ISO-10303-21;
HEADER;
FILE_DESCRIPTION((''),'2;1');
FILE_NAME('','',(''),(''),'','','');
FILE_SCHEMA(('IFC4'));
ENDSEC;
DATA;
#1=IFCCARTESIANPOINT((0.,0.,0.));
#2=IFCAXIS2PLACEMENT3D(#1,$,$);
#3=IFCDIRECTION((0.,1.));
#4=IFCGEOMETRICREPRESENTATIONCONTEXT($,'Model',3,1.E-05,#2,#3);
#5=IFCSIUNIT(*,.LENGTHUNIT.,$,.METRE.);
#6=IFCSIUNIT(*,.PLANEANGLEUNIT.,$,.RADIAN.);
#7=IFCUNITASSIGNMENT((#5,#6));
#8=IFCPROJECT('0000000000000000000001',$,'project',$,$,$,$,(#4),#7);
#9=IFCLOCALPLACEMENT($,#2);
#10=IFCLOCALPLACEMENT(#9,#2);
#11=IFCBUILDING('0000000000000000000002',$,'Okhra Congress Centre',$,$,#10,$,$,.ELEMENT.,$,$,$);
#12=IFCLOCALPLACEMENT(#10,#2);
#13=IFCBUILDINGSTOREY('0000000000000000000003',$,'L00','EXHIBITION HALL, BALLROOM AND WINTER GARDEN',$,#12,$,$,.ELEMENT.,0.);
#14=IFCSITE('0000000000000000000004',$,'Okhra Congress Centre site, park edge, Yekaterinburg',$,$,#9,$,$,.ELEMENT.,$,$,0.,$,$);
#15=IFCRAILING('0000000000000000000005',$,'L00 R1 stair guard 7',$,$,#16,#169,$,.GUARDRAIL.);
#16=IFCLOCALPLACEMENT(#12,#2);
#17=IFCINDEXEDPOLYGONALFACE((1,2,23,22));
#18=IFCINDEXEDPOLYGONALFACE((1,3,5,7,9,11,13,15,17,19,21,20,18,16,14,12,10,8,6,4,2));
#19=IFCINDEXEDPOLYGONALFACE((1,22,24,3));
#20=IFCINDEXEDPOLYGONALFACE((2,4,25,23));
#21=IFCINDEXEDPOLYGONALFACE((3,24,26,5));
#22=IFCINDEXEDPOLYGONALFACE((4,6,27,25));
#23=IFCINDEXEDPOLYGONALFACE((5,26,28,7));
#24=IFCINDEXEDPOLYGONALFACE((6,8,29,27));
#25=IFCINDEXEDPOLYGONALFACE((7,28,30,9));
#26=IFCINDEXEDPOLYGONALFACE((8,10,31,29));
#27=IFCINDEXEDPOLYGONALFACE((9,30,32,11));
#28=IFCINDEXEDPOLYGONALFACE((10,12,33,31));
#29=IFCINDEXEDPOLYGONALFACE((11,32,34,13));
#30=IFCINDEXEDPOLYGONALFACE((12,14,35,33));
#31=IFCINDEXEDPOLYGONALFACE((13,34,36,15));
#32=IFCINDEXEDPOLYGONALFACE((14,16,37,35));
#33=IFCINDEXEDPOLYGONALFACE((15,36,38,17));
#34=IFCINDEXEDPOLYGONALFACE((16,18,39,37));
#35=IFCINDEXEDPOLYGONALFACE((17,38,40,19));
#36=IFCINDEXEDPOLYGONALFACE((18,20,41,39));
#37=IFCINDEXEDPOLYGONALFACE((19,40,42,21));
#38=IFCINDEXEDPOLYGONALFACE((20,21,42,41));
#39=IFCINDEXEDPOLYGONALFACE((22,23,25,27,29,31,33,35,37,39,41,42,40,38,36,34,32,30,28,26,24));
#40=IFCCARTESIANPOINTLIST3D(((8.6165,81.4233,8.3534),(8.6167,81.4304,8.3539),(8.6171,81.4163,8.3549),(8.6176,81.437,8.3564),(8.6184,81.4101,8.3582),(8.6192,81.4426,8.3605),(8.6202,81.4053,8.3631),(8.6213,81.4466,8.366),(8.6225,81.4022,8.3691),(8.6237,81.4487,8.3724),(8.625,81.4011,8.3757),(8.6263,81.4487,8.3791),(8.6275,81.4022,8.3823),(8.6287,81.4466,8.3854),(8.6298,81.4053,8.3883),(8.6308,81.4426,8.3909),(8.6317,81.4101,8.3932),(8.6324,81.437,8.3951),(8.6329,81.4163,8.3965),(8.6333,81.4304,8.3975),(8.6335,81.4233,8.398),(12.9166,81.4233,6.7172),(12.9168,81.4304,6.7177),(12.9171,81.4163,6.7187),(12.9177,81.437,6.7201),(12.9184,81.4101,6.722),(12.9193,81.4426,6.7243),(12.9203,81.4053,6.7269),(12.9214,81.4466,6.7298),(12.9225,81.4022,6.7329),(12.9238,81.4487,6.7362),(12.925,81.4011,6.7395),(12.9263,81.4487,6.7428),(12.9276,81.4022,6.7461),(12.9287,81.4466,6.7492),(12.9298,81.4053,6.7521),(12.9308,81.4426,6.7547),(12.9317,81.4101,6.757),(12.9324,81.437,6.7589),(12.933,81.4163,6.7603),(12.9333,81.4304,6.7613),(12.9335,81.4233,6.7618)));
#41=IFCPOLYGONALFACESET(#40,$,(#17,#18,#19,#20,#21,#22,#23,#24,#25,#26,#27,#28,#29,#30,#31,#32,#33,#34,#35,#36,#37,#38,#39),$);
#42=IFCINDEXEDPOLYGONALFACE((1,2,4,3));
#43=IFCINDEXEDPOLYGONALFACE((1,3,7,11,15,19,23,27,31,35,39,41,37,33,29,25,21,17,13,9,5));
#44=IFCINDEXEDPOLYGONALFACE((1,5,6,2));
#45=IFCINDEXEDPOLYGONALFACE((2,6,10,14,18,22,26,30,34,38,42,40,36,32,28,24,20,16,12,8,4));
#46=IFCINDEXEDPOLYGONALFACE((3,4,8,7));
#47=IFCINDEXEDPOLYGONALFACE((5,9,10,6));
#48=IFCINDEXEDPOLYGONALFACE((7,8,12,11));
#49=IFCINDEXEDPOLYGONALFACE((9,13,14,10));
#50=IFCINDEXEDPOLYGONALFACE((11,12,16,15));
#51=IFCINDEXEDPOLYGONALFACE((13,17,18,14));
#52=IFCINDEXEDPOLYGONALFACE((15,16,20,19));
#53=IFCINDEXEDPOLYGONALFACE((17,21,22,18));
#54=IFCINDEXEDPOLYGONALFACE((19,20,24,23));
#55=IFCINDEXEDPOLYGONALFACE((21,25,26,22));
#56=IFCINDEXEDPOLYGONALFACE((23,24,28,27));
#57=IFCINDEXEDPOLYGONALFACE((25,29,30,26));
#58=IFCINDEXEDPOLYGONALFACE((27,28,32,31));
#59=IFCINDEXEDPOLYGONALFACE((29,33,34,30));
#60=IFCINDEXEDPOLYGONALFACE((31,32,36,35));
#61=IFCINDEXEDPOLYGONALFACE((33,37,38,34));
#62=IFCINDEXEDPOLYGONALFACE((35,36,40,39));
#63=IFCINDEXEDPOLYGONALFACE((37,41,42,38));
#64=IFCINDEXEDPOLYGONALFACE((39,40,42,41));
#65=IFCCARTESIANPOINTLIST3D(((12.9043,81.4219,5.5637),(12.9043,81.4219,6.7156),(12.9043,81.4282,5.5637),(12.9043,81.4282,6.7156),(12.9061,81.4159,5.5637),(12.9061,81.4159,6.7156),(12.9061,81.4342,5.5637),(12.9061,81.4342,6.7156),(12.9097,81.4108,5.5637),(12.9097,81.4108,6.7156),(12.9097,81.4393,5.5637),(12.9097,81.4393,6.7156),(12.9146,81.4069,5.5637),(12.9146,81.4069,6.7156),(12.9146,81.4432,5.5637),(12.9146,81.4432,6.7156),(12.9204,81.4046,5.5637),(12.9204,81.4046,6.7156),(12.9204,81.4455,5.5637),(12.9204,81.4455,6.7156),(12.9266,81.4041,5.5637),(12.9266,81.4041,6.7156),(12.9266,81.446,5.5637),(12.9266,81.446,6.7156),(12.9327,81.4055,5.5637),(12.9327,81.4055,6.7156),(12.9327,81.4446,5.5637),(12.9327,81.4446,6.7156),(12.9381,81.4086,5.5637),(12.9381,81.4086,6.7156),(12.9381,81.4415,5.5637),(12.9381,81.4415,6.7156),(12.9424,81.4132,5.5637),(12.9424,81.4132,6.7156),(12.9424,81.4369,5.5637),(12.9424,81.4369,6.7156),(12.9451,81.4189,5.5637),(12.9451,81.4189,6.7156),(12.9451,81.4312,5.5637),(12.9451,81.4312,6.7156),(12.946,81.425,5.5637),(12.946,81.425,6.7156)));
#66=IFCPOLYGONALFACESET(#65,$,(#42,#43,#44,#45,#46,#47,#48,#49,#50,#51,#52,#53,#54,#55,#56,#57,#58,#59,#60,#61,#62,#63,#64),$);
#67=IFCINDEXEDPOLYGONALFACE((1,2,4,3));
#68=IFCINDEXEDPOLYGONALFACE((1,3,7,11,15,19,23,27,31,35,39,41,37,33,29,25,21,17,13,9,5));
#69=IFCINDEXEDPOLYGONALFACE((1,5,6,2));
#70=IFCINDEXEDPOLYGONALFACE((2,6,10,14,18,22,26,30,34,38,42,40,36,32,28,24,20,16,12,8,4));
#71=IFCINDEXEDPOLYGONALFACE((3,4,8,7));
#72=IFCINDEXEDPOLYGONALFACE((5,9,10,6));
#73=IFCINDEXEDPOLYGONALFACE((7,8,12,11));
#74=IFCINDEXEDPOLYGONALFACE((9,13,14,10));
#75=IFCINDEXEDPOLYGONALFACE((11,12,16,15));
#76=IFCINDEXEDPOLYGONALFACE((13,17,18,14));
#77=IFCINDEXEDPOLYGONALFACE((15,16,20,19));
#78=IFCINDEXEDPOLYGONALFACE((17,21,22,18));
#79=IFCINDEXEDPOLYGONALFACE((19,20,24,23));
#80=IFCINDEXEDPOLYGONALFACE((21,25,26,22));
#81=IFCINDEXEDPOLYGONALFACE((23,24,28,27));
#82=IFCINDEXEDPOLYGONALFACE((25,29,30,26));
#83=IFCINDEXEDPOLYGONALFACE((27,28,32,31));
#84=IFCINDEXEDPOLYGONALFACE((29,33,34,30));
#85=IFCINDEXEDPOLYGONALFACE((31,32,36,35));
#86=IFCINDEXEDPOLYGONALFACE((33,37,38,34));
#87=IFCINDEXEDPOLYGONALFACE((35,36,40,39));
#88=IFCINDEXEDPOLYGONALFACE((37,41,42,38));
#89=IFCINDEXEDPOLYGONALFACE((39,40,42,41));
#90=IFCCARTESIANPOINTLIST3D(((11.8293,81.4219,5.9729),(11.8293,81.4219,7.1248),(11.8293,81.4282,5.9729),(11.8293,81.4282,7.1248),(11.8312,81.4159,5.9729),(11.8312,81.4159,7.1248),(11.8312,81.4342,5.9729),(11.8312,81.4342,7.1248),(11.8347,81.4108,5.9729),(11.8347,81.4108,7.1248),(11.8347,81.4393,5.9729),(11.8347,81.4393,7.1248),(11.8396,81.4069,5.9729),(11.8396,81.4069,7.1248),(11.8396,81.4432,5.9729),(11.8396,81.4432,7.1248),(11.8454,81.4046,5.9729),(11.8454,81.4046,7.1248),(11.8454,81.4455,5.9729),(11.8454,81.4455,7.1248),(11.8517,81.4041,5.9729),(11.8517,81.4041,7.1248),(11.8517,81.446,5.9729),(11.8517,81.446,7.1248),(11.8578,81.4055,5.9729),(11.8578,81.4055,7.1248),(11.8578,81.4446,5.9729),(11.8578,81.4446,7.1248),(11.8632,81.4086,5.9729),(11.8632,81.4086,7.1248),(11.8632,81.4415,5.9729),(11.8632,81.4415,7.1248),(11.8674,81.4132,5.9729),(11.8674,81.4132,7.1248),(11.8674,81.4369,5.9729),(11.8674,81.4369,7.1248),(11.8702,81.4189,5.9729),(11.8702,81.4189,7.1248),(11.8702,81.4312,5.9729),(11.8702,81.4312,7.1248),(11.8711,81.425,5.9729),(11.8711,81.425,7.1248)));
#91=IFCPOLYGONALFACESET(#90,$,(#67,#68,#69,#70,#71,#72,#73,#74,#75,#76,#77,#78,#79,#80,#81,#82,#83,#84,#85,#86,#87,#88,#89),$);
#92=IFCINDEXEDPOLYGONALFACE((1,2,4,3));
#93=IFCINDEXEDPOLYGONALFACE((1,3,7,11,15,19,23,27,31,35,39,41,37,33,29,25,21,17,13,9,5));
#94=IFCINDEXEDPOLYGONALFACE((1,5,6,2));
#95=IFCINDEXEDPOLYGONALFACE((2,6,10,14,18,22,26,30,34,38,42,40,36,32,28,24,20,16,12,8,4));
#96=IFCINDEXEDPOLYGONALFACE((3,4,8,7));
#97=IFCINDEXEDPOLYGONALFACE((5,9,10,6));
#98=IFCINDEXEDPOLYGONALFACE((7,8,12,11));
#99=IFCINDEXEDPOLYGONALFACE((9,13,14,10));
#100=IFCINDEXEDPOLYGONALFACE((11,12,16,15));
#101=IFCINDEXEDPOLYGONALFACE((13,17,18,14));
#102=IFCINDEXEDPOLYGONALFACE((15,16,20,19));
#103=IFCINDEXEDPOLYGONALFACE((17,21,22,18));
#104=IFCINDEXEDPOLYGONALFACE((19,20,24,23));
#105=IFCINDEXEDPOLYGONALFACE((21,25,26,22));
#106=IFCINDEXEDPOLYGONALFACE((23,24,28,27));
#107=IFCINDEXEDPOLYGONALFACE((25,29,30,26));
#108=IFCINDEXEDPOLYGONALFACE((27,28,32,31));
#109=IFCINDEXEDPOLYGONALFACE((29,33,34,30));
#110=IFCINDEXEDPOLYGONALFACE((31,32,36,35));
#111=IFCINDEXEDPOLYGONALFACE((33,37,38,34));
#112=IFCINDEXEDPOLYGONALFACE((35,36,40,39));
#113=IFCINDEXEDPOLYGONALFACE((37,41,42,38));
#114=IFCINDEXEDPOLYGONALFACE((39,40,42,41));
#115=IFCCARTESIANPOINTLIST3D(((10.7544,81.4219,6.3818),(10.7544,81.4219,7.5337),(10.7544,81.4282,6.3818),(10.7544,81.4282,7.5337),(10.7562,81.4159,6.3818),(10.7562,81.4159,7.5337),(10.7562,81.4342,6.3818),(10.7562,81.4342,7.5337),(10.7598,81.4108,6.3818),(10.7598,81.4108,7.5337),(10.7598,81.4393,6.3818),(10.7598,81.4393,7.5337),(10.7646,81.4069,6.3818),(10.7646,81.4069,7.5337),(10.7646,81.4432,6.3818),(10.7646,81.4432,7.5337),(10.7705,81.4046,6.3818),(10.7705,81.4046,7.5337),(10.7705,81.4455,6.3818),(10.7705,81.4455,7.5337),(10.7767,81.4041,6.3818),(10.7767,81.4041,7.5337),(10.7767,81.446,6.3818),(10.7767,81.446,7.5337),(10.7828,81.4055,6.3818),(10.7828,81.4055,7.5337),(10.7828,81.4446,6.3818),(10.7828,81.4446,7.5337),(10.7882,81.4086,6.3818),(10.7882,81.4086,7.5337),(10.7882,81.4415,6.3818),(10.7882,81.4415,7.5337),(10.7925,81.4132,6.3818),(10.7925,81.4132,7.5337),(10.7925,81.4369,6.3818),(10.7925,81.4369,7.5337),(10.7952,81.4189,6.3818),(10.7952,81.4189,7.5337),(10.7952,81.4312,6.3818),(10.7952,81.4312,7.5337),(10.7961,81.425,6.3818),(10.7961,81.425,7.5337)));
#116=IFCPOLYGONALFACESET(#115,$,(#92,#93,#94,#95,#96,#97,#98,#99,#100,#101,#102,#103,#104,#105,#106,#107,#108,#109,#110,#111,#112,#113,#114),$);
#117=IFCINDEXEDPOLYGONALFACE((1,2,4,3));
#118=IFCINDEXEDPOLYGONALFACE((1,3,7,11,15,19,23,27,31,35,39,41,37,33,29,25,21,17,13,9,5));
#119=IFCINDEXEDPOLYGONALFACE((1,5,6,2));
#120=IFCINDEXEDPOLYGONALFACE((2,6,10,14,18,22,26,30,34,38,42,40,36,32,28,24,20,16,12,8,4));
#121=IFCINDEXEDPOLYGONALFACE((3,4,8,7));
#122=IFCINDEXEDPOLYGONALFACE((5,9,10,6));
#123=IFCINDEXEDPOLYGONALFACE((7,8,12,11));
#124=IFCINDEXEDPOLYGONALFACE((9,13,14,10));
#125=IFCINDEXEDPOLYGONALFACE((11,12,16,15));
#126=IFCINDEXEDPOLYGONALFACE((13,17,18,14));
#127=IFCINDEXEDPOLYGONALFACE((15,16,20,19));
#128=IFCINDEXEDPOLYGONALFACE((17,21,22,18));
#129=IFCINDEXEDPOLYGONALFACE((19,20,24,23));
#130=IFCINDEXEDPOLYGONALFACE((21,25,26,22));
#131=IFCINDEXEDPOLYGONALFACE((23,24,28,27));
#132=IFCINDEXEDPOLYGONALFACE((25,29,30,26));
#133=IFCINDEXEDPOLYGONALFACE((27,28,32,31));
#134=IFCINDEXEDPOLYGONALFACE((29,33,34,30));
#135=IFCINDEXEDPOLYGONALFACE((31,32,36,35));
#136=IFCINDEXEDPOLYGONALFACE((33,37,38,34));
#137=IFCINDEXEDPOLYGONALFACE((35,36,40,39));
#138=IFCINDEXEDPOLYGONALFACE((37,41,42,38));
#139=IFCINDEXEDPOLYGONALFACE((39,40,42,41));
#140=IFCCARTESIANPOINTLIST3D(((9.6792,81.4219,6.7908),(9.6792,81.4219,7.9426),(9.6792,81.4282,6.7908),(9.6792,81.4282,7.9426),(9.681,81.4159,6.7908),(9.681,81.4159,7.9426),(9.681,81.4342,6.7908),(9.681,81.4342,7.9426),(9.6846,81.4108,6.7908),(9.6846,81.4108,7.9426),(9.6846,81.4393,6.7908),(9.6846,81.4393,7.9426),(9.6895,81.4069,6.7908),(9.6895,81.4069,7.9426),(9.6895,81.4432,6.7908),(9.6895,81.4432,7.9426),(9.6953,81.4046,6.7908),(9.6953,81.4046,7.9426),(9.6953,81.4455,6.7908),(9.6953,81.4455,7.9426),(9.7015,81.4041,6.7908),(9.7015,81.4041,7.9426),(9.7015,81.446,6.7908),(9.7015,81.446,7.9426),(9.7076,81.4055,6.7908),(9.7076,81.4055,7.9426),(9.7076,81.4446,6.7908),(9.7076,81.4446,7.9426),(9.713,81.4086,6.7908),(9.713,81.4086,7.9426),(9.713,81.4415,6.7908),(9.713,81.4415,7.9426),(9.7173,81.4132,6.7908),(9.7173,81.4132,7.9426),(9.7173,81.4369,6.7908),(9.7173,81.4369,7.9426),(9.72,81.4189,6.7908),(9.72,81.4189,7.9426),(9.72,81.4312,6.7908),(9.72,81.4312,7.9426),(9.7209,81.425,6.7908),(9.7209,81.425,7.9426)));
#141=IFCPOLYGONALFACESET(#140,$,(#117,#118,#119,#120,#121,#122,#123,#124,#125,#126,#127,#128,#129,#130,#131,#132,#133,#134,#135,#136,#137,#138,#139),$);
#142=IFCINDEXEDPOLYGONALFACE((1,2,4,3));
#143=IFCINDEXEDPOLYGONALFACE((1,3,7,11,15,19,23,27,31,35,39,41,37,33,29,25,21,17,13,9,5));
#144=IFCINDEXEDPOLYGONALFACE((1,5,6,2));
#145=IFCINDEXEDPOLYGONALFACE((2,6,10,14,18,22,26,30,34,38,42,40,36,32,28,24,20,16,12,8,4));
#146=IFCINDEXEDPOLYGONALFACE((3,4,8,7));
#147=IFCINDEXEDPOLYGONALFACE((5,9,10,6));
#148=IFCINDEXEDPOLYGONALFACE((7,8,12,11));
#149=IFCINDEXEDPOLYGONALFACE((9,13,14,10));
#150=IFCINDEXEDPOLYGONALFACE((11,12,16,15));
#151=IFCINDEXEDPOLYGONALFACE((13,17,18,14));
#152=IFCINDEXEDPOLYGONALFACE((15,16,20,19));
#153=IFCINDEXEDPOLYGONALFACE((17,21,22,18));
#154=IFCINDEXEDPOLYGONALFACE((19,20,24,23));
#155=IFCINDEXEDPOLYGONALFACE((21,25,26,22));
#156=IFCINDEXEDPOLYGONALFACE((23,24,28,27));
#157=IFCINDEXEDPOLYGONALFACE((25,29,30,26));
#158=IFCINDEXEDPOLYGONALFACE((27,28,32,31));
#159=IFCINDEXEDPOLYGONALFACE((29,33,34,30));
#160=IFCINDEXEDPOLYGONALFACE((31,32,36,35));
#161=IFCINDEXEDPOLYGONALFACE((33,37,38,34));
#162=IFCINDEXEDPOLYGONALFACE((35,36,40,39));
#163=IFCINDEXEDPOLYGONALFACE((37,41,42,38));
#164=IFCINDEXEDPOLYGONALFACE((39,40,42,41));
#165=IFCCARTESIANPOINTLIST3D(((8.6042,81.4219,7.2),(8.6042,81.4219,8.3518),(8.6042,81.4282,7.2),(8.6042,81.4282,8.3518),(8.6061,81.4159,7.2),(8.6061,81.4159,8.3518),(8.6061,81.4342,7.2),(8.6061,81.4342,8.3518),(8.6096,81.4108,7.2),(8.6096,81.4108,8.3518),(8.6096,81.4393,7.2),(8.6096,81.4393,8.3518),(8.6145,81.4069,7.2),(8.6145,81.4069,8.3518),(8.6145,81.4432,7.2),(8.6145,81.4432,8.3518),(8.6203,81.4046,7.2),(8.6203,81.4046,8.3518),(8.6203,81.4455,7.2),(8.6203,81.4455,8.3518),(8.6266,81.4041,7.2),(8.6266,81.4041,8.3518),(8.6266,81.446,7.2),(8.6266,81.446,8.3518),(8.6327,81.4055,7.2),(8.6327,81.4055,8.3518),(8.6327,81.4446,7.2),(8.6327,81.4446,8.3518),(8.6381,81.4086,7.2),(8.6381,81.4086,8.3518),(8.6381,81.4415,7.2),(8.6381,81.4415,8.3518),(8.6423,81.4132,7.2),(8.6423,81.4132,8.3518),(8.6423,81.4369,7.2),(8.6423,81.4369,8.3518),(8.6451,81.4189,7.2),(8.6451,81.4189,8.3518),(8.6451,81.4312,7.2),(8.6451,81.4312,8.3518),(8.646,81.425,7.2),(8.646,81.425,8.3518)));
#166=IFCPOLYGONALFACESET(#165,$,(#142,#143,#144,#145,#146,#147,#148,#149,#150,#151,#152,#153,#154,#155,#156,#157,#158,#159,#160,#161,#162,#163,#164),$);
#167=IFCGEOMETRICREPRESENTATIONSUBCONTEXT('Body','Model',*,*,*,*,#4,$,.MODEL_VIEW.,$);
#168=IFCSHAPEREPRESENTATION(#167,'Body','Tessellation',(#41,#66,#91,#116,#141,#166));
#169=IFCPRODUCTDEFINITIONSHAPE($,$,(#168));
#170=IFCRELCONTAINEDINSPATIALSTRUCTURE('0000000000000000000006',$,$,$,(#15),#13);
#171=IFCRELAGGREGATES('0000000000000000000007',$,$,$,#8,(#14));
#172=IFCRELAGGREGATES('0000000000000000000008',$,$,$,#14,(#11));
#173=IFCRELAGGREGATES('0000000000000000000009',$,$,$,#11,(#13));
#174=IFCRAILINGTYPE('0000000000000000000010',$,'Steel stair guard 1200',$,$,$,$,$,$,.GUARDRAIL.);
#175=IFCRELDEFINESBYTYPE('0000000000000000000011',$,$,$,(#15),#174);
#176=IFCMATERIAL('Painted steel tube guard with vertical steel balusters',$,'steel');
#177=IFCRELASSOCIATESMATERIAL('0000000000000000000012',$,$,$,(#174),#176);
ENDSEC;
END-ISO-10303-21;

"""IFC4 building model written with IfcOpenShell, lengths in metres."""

from ifc_helpers import new_model, si_unit, direction, frame, origin, origin_2d, place, context, subcontext, project, spatial, circle, extrude, material, type_object, element, save


model = new_model("IFC4")

# Units and contexts
model_context = context("Model", 3, precision=1e-05, world=origin(), true_north=direction((0.0, 1.0)))
body_context = subcontext(model_context, "Body", "Model", "MODEL_VIEW")
ifc_project = project(units=[si_unit("LENGTHUNIT", "METRE"), si_unit("PLANEANGLEUNIT", "RADIAN")], contexts=[model_context])

# Site, building, storey
site_placement = place(None, origin())
site = spatial("IfcSite", under=ifc_project, at=site_placement, Name="Okhra Congress Centre site, park edge, Yekaterinburg", CompositionType="ELEMENT", RefElevation=0.0)
building_placement = place(site_placement, origin())
building = spatial("IfcBuilding", under=site, at=building_placement, Name="Okhra Congress Centre", CompositionType="ELEMENT")
storey_placement = place(building_placement, origin())
storey = spatial("IfcBuildingStorey", under=building, at=storey_placement, Name="L00", Description="EXHIBITION HALL, BALLROOM AND WINTER GARDEN", CompositionType="ELEMENT", Elevation=0.0)

# Railing
ifc_material_1 = material(Name="Painted steel tube guard with vertical steel balusters", Category="steel")
railing_type_1 = type_object("IfcRailingType", Name="Steel stair guard 1200", PredefinedType="GUARDRAIL", material=ifc_material_1)
railing_1_placement = place(storey_placement, frame((12.925, 81.425, 5.5637)))
element("IfcRailing", 1, at=railing_1_placement, inside=storey, type_object=railing_type_1, Name="L00 R1 stair guard 7", PredefinedType="GUARDRAIL", context=body_context, shape_type="SweptSolid", body=[
    extrude(circle(Radius=0.0239, at=origin_2d()), frame((0.0, 0.0, 1.1758), z_axis=(-0.934624, 0.0, 0.355638), x_axis=(0.0, -1.0, 0.0)), (0.0, 0.0, 1.0), 4.6008),
    extrude(circle(Radius=0.021, at=origin_2d()), origin(), (0.0, 0.0, 1.0), 1.1519),
    extrude(circle(Radius=0.021, at=origin_2d()), frame((-1.075, 0.0, 0.4092)), (0.0, 0.0, 1.0), 1.1519),
    extrude(circle(Radius=0.021, at=origin_2d()), frame((-2.1499, 0.0, 0.8181)), (0.0, 0.0, 1.0), 1.1519),
    extrude(circle(Radius=0.021, at=origin_2d()), frame((-3.2251, 0.0, 1.2271)), (0.0, 0.0, 1.0), 1.1519),
    extrude(circle(Radius=0.021, at=origin_2d()), frame((-4.3, 0.0, 1.6362)), (0.0, 0.0, 1.0), 1.1519),
])

save(model, "model.ifc")
